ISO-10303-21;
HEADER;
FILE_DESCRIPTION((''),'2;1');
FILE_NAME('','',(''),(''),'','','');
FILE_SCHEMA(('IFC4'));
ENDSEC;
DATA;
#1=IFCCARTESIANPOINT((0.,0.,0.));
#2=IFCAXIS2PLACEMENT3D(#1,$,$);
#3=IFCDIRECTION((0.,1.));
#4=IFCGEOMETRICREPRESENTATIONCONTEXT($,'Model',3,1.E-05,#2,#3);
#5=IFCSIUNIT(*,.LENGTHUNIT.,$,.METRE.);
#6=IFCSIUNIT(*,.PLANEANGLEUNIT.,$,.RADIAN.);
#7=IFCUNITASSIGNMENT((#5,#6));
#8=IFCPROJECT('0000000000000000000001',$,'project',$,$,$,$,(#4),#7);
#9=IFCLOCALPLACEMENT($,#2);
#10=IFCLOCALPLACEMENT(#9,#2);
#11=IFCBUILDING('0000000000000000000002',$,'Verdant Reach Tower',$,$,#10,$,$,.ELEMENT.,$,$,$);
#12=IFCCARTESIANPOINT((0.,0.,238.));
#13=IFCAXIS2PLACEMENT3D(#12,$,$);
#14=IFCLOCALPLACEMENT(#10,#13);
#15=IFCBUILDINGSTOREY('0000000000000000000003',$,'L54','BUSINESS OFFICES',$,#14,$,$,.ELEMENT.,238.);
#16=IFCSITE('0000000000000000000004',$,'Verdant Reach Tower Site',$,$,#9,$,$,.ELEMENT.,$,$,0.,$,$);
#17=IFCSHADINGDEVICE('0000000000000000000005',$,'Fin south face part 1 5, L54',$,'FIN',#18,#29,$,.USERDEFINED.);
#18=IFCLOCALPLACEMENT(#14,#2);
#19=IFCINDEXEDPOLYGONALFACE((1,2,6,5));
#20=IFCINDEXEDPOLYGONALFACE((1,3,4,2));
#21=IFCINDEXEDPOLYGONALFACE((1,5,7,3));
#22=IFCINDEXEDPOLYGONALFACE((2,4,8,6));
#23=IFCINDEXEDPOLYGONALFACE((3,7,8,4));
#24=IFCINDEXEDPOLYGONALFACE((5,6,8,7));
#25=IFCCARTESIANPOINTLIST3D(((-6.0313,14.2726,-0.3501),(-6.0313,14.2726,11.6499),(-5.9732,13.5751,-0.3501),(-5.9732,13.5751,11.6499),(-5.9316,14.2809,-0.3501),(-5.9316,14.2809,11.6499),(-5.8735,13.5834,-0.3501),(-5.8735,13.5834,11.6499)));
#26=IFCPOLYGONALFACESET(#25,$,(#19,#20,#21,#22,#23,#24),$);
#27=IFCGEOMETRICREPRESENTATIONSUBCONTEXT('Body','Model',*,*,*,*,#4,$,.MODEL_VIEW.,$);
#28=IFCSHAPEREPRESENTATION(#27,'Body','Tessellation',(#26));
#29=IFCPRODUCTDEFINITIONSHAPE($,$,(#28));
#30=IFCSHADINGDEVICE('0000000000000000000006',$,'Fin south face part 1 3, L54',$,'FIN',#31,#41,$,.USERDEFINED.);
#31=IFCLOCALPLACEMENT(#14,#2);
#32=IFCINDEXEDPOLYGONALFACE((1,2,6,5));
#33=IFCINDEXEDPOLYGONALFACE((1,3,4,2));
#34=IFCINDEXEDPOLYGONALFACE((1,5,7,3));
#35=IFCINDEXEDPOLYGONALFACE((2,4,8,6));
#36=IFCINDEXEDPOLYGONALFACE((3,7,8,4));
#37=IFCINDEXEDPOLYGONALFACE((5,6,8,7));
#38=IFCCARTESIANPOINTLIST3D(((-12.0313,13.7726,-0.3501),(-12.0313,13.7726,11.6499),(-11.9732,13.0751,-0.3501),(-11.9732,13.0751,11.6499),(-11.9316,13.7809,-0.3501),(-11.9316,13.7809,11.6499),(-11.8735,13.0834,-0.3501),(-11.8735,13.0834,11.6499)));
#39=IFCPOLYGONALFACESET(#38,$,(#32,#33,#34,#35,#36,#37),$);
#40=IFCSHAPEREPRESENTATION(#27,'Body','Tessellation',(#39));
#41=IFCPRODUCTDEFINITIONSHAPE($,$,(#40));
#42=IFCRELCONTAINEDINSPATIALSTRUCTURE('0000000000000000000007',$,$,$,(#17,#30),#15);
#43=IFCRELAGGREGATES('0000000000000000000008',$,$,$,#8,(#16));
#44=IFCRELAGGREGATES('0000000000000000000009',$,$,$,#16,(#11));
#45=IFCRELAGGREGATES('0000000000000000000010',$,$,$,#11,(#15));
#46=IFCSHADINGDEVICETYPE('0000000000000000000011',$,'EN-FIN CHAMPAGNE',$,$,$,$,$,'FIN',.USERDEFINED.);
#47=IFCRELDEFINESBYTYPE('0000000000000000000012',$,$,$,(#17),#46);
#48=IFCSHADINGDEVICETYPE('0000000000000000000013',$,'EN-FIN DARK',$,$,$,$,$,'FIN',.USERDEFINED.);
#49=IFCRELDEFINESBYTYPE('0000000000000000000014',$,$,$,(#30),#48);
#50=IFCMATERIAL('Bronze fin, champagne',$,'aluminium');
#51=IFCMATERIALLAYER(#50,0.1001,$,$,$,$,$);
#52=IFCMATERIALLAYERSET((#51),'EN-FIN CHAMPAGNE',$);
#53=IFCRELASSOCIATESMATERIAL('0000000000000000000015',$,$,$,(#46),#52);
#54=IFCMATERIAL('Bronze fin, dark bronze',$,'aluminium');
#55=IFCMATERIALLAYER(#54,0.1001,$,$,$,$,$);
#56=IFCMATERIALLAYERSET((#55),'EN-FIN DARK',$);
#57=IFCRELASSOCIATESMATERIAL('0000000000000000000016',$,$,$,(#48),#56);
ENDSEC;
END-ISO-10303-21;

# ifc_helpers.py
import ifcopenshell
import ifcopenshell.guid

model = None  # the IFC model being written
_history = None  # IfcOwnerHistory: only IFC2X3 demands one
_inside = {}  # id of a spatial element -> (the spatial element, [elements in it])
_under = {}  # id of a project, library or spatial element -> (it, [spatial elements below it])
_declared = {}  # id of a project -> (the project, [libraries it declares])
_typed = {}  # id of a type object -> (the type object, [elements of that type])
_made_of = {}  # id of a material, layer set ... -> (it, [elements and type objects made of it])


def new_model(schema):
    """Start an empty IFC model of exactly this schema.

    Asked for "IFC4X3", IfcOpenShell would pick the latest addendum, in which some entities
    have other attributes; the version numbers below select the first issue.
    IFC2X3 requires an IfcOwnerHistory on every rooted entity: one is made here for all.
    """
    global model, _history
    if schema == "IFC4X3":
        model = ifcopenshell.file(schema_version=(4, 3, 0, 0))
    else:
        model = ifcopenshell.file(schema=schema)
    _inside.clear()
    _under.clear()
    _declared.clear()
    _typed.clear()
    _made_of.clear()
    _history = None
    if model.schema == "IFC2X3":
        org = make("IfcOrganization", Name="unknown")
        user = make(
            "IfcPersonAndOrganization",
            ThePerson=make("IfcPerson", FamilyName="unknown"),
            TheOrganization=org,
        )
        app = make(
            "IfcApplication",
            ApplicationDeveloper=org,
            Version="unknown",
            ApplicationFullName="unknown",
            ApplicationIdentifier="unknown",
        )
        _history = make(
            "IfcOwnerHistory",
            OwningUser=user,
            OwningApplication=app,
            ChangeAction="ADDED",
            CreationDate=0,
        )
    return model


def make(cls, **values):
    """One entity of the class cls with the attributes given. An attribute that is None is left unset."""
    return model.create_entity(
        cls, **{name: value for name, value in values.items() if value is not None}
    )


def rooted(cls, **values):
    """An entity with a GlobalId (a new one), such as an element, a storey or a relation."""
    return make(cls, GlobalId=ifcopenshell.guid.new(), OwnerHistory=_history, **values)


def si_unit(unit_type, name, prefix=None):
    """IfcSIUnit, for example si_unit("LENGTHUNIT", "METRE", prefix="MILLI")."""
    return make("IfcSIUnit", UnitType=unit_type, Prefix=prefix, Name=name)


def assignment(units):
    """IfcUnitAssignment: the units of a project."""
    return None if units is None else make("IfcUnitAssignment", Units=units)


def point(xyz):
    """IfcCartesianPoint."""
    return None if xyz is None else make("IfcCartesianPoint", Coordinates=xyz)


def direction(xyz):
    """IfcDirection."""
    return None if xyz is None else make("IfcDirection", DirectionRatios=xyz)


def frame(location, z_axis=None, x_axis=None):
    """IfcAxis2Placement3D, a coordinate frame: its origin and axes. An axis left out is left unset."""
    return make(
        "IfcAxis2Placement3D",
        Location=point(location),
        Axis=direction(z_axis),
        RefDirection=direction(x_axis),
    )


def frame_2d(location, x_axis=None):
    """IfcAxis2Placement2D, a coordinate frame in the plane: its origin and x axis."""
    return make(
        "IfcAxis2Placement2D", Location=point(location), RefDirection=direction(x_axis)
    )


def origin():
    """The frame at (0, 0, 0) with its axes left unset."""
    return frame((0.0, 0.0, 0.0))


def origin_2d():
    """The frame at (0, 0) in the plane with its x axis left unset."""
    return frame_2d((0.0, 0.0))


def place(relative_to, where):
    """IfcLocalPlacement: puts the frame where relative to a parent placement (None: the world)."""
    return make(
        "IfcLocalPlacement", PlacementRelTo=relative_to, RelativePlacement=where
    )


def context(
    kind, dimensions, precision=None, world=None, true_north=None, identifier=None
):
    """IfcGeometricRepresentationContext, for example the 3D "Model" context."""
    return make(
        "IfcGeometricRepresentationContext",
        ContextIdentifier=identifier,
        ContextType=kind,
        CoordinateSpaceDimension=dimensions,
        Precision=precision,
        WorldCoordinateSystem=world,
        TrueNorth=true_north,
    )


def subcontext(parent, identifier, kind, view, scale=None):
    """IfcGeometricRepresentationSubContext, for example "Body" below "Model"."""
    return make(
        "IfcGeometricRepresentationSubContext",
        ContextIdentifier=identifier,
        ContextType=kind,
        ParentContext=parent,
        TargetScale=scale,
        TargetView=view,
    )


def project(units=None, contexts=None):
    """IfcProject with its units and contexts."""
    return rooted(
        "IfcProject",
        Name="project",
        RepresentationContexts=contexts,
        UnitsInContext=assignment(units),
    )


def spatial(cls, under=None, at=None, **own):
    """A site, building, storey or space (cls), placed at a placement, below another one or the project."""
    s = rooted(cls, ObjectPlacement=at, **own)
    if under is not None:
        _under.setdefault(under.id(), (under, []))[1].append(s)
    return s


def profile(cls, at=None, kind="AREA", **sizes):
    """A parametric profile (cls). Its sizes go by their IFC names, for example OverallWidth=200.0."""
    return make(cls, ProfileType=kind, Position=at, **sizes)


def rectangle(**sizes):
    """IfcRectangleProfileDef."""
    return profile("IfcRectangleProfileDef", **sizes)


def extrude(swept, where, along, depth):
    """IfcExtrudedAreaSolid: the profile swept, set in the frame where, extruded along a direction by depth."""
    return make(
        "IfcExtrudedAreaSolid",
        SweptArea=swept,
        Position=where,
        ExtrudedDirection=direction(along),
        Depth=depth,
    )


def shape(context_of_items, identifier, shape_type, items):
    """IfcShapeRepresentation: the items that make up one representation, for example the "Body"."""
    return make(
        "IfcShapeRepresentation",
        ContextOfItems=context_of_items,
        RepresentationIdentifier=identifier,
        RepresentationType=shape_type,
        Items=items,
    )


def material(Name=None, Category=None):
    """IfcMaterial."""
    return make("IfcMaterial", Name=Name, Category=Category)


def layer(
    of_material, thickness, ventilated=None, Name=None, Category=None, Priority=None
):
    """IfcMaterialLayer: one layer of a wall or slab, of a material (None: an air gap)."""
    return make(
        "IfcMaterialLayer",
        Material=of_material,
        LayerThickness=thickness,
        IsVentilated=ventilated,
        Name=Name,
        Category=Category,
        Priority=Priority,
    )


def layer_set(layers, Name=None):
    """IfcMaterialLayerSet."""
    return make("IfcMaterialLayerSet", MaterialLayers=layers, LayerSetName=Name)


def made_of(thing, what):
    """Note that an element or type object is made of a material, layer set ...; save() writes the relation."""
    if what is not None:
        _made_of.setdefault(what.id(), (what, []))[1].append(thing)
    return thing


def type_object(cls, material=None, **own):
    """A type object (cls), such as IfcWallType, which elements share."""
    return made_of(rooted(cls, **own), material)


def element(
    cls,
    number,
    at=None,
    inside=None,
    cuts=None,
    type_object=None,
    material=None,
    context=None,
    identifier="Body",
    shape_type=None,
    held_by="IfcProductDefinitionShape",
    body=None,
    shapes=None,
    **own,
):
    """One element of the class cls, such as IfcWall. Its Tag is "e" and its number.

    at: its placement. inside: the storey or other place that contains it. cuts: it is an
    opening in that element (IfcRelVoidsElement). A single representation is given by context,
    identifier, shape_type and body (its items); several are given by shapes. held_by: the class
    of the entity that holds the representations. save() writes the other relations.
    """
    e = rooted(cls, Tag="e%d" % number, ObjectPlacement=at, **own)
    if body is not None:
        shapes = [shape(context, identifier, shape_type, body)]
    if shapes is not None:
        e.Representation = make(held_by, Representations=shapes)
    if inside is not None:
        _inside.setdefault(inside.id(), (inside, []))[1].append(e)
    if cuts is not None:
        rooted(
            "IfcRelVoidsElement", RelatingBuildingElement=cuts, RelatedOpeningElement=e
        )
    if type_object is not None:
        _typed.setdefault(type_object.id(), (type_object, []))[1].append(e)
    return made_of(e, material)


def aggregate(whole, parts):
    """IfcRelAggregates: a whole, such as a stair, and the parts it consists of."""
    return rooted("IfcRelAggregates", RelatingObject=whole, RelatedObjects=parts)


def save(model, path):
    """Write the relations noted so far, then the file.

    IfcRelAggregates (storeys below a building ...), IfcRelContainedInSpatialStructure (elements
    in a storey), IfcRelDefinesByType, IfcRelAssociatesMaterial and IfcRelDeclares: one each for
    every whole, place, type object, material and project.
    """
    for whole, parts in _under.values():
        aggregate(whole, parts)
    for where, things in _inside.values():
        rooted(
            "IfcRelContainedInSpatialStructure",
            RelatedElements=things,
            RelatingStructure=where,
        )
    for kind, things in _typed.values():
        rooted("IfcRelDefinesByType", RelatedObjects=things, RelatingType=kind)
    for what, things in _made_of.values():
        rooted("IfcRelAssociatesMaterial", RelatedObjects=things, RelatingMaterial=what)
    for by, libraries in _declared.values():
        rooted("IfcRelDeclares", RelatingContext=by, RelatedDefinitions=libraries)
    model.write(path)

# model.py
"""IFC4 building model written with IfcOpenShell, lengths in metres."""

from ifc_helpers import new_model, si_unit, direction, frame, origin, origin_2d, place, context, subcontext, project, spatial, rectangle, extrude, material, layer, layer_set, type_object, element, save


model = new_model("IFC4")

# Units and contexts
model_context = context("Model", 3, precision=1e-05, world=origin(), true_north=direction((0.0, 1.0)))
body_context = subcontext(model_context, "Body", "Model", "MODEL_VIEW")
ifc_project = project(units=[si_unit("LENGTHUNIT", "METRE"), si_unit("PLANEANGLEUNIT", "RADIAN")], contexts=[model_context])

# Site, building, storey
site_placement = place(None, origin())
site = spatial("IfcSite", under=ifc_project, at=site_placement, Name="Verdant Reach Tower Site", CompositionType="ELEMENT", RefElevation=0.0)
building_placement = place(site_placement, origin())
building = spatial("IfcBuilding", under=site, at=building_placement, Name="Verdant Reach Tower", CompositionType="ELEMENT")
storey_placement = place(building_placement, frame((0.0, 0.0, 238.0)))
storey = spatial("IfcBuildingStorey", under=building, at=storey_placement, Name="L54", Description="BUSINESS OFFICES", CompositionType="ELEMENT", Elevation=238.0)

# Shading devices
ifc_material_1 = material(Name="Bronze fin, champagne", Category="aluminium")
ifc_layer_1 = layer(ifc_material_1, 0.1001)
ifc_layer_set_1 = layer_set([ifc_layer_1], Name="EN-FIN CHAMPAGNE")
shading_device_type_1 = type_object("IfcShadingDeviceType", Name="EN-FIN CHAMPAGNE", ElementType="FIN", PredefinedType="USERDEFINED", material=ifc_layer_set_1)
shading_device_1_placement = place(storey_placement, frame((-5.9524, 13.928, -0.3501), z_axis=(0.0, 0.0, 1.0), x_axis=(0.996546, 0.083045, 0.0)))
element("IfcShadingDevice", 1, at=shading_device_1_placement, inside=storey, type_object=shading_device_type_1, Name="Fin south face part 1 5, L54", ObjectType="FIN", PredefinedType="USERDEFINED", context=body_context, shape_type="SweptSolid", body=[
    extrude(rectangle(XDim=0.1001, YDim=0.7, at=origin_2d()), origin(), (0.0, 0.0, 1.0), 12.0),
])
ifc_material_2 = material(Name="Bronze fin, dark bronze", Category="aluminium")
ifc_layer_2 = layer(ifc_material_2, 0.1001)
ifc_layer_set_2 = layer_set([ifc_layer_2], Name="EN-FIN DARK")
shading_device_type_2 = type_object("IfcShadingDeviceType", Name="EN-FIN DARK", ElementType="FIN", PredefinedType="USERDEFINED", material=ifc_layer_set_2)
shading_device_2_placement = place(storey_placement, frame((-11.9524, 13.428, -0.3501), z_axis=(0.0, 0.0, 1.0), x_axis=(0.996546, 0.083045, 0.0)))
element("IfcShadingDevice", 2, at=shading_device_2_placement, inside=storey, type_object=shading_device_type_2, Name="Fin south face part 1 3, L54", ObjectType="FIN", PredefinedType="USERDEFINED", context=body_context, shape_type="SweptSolid", body=[
    extrude(rectangle(XDim=0.1001, YDim=0.7, at=origin_2d()), origin(), (0.0, 0.0, 1.0), 12.0),
])

save(model, "model.ifc")
